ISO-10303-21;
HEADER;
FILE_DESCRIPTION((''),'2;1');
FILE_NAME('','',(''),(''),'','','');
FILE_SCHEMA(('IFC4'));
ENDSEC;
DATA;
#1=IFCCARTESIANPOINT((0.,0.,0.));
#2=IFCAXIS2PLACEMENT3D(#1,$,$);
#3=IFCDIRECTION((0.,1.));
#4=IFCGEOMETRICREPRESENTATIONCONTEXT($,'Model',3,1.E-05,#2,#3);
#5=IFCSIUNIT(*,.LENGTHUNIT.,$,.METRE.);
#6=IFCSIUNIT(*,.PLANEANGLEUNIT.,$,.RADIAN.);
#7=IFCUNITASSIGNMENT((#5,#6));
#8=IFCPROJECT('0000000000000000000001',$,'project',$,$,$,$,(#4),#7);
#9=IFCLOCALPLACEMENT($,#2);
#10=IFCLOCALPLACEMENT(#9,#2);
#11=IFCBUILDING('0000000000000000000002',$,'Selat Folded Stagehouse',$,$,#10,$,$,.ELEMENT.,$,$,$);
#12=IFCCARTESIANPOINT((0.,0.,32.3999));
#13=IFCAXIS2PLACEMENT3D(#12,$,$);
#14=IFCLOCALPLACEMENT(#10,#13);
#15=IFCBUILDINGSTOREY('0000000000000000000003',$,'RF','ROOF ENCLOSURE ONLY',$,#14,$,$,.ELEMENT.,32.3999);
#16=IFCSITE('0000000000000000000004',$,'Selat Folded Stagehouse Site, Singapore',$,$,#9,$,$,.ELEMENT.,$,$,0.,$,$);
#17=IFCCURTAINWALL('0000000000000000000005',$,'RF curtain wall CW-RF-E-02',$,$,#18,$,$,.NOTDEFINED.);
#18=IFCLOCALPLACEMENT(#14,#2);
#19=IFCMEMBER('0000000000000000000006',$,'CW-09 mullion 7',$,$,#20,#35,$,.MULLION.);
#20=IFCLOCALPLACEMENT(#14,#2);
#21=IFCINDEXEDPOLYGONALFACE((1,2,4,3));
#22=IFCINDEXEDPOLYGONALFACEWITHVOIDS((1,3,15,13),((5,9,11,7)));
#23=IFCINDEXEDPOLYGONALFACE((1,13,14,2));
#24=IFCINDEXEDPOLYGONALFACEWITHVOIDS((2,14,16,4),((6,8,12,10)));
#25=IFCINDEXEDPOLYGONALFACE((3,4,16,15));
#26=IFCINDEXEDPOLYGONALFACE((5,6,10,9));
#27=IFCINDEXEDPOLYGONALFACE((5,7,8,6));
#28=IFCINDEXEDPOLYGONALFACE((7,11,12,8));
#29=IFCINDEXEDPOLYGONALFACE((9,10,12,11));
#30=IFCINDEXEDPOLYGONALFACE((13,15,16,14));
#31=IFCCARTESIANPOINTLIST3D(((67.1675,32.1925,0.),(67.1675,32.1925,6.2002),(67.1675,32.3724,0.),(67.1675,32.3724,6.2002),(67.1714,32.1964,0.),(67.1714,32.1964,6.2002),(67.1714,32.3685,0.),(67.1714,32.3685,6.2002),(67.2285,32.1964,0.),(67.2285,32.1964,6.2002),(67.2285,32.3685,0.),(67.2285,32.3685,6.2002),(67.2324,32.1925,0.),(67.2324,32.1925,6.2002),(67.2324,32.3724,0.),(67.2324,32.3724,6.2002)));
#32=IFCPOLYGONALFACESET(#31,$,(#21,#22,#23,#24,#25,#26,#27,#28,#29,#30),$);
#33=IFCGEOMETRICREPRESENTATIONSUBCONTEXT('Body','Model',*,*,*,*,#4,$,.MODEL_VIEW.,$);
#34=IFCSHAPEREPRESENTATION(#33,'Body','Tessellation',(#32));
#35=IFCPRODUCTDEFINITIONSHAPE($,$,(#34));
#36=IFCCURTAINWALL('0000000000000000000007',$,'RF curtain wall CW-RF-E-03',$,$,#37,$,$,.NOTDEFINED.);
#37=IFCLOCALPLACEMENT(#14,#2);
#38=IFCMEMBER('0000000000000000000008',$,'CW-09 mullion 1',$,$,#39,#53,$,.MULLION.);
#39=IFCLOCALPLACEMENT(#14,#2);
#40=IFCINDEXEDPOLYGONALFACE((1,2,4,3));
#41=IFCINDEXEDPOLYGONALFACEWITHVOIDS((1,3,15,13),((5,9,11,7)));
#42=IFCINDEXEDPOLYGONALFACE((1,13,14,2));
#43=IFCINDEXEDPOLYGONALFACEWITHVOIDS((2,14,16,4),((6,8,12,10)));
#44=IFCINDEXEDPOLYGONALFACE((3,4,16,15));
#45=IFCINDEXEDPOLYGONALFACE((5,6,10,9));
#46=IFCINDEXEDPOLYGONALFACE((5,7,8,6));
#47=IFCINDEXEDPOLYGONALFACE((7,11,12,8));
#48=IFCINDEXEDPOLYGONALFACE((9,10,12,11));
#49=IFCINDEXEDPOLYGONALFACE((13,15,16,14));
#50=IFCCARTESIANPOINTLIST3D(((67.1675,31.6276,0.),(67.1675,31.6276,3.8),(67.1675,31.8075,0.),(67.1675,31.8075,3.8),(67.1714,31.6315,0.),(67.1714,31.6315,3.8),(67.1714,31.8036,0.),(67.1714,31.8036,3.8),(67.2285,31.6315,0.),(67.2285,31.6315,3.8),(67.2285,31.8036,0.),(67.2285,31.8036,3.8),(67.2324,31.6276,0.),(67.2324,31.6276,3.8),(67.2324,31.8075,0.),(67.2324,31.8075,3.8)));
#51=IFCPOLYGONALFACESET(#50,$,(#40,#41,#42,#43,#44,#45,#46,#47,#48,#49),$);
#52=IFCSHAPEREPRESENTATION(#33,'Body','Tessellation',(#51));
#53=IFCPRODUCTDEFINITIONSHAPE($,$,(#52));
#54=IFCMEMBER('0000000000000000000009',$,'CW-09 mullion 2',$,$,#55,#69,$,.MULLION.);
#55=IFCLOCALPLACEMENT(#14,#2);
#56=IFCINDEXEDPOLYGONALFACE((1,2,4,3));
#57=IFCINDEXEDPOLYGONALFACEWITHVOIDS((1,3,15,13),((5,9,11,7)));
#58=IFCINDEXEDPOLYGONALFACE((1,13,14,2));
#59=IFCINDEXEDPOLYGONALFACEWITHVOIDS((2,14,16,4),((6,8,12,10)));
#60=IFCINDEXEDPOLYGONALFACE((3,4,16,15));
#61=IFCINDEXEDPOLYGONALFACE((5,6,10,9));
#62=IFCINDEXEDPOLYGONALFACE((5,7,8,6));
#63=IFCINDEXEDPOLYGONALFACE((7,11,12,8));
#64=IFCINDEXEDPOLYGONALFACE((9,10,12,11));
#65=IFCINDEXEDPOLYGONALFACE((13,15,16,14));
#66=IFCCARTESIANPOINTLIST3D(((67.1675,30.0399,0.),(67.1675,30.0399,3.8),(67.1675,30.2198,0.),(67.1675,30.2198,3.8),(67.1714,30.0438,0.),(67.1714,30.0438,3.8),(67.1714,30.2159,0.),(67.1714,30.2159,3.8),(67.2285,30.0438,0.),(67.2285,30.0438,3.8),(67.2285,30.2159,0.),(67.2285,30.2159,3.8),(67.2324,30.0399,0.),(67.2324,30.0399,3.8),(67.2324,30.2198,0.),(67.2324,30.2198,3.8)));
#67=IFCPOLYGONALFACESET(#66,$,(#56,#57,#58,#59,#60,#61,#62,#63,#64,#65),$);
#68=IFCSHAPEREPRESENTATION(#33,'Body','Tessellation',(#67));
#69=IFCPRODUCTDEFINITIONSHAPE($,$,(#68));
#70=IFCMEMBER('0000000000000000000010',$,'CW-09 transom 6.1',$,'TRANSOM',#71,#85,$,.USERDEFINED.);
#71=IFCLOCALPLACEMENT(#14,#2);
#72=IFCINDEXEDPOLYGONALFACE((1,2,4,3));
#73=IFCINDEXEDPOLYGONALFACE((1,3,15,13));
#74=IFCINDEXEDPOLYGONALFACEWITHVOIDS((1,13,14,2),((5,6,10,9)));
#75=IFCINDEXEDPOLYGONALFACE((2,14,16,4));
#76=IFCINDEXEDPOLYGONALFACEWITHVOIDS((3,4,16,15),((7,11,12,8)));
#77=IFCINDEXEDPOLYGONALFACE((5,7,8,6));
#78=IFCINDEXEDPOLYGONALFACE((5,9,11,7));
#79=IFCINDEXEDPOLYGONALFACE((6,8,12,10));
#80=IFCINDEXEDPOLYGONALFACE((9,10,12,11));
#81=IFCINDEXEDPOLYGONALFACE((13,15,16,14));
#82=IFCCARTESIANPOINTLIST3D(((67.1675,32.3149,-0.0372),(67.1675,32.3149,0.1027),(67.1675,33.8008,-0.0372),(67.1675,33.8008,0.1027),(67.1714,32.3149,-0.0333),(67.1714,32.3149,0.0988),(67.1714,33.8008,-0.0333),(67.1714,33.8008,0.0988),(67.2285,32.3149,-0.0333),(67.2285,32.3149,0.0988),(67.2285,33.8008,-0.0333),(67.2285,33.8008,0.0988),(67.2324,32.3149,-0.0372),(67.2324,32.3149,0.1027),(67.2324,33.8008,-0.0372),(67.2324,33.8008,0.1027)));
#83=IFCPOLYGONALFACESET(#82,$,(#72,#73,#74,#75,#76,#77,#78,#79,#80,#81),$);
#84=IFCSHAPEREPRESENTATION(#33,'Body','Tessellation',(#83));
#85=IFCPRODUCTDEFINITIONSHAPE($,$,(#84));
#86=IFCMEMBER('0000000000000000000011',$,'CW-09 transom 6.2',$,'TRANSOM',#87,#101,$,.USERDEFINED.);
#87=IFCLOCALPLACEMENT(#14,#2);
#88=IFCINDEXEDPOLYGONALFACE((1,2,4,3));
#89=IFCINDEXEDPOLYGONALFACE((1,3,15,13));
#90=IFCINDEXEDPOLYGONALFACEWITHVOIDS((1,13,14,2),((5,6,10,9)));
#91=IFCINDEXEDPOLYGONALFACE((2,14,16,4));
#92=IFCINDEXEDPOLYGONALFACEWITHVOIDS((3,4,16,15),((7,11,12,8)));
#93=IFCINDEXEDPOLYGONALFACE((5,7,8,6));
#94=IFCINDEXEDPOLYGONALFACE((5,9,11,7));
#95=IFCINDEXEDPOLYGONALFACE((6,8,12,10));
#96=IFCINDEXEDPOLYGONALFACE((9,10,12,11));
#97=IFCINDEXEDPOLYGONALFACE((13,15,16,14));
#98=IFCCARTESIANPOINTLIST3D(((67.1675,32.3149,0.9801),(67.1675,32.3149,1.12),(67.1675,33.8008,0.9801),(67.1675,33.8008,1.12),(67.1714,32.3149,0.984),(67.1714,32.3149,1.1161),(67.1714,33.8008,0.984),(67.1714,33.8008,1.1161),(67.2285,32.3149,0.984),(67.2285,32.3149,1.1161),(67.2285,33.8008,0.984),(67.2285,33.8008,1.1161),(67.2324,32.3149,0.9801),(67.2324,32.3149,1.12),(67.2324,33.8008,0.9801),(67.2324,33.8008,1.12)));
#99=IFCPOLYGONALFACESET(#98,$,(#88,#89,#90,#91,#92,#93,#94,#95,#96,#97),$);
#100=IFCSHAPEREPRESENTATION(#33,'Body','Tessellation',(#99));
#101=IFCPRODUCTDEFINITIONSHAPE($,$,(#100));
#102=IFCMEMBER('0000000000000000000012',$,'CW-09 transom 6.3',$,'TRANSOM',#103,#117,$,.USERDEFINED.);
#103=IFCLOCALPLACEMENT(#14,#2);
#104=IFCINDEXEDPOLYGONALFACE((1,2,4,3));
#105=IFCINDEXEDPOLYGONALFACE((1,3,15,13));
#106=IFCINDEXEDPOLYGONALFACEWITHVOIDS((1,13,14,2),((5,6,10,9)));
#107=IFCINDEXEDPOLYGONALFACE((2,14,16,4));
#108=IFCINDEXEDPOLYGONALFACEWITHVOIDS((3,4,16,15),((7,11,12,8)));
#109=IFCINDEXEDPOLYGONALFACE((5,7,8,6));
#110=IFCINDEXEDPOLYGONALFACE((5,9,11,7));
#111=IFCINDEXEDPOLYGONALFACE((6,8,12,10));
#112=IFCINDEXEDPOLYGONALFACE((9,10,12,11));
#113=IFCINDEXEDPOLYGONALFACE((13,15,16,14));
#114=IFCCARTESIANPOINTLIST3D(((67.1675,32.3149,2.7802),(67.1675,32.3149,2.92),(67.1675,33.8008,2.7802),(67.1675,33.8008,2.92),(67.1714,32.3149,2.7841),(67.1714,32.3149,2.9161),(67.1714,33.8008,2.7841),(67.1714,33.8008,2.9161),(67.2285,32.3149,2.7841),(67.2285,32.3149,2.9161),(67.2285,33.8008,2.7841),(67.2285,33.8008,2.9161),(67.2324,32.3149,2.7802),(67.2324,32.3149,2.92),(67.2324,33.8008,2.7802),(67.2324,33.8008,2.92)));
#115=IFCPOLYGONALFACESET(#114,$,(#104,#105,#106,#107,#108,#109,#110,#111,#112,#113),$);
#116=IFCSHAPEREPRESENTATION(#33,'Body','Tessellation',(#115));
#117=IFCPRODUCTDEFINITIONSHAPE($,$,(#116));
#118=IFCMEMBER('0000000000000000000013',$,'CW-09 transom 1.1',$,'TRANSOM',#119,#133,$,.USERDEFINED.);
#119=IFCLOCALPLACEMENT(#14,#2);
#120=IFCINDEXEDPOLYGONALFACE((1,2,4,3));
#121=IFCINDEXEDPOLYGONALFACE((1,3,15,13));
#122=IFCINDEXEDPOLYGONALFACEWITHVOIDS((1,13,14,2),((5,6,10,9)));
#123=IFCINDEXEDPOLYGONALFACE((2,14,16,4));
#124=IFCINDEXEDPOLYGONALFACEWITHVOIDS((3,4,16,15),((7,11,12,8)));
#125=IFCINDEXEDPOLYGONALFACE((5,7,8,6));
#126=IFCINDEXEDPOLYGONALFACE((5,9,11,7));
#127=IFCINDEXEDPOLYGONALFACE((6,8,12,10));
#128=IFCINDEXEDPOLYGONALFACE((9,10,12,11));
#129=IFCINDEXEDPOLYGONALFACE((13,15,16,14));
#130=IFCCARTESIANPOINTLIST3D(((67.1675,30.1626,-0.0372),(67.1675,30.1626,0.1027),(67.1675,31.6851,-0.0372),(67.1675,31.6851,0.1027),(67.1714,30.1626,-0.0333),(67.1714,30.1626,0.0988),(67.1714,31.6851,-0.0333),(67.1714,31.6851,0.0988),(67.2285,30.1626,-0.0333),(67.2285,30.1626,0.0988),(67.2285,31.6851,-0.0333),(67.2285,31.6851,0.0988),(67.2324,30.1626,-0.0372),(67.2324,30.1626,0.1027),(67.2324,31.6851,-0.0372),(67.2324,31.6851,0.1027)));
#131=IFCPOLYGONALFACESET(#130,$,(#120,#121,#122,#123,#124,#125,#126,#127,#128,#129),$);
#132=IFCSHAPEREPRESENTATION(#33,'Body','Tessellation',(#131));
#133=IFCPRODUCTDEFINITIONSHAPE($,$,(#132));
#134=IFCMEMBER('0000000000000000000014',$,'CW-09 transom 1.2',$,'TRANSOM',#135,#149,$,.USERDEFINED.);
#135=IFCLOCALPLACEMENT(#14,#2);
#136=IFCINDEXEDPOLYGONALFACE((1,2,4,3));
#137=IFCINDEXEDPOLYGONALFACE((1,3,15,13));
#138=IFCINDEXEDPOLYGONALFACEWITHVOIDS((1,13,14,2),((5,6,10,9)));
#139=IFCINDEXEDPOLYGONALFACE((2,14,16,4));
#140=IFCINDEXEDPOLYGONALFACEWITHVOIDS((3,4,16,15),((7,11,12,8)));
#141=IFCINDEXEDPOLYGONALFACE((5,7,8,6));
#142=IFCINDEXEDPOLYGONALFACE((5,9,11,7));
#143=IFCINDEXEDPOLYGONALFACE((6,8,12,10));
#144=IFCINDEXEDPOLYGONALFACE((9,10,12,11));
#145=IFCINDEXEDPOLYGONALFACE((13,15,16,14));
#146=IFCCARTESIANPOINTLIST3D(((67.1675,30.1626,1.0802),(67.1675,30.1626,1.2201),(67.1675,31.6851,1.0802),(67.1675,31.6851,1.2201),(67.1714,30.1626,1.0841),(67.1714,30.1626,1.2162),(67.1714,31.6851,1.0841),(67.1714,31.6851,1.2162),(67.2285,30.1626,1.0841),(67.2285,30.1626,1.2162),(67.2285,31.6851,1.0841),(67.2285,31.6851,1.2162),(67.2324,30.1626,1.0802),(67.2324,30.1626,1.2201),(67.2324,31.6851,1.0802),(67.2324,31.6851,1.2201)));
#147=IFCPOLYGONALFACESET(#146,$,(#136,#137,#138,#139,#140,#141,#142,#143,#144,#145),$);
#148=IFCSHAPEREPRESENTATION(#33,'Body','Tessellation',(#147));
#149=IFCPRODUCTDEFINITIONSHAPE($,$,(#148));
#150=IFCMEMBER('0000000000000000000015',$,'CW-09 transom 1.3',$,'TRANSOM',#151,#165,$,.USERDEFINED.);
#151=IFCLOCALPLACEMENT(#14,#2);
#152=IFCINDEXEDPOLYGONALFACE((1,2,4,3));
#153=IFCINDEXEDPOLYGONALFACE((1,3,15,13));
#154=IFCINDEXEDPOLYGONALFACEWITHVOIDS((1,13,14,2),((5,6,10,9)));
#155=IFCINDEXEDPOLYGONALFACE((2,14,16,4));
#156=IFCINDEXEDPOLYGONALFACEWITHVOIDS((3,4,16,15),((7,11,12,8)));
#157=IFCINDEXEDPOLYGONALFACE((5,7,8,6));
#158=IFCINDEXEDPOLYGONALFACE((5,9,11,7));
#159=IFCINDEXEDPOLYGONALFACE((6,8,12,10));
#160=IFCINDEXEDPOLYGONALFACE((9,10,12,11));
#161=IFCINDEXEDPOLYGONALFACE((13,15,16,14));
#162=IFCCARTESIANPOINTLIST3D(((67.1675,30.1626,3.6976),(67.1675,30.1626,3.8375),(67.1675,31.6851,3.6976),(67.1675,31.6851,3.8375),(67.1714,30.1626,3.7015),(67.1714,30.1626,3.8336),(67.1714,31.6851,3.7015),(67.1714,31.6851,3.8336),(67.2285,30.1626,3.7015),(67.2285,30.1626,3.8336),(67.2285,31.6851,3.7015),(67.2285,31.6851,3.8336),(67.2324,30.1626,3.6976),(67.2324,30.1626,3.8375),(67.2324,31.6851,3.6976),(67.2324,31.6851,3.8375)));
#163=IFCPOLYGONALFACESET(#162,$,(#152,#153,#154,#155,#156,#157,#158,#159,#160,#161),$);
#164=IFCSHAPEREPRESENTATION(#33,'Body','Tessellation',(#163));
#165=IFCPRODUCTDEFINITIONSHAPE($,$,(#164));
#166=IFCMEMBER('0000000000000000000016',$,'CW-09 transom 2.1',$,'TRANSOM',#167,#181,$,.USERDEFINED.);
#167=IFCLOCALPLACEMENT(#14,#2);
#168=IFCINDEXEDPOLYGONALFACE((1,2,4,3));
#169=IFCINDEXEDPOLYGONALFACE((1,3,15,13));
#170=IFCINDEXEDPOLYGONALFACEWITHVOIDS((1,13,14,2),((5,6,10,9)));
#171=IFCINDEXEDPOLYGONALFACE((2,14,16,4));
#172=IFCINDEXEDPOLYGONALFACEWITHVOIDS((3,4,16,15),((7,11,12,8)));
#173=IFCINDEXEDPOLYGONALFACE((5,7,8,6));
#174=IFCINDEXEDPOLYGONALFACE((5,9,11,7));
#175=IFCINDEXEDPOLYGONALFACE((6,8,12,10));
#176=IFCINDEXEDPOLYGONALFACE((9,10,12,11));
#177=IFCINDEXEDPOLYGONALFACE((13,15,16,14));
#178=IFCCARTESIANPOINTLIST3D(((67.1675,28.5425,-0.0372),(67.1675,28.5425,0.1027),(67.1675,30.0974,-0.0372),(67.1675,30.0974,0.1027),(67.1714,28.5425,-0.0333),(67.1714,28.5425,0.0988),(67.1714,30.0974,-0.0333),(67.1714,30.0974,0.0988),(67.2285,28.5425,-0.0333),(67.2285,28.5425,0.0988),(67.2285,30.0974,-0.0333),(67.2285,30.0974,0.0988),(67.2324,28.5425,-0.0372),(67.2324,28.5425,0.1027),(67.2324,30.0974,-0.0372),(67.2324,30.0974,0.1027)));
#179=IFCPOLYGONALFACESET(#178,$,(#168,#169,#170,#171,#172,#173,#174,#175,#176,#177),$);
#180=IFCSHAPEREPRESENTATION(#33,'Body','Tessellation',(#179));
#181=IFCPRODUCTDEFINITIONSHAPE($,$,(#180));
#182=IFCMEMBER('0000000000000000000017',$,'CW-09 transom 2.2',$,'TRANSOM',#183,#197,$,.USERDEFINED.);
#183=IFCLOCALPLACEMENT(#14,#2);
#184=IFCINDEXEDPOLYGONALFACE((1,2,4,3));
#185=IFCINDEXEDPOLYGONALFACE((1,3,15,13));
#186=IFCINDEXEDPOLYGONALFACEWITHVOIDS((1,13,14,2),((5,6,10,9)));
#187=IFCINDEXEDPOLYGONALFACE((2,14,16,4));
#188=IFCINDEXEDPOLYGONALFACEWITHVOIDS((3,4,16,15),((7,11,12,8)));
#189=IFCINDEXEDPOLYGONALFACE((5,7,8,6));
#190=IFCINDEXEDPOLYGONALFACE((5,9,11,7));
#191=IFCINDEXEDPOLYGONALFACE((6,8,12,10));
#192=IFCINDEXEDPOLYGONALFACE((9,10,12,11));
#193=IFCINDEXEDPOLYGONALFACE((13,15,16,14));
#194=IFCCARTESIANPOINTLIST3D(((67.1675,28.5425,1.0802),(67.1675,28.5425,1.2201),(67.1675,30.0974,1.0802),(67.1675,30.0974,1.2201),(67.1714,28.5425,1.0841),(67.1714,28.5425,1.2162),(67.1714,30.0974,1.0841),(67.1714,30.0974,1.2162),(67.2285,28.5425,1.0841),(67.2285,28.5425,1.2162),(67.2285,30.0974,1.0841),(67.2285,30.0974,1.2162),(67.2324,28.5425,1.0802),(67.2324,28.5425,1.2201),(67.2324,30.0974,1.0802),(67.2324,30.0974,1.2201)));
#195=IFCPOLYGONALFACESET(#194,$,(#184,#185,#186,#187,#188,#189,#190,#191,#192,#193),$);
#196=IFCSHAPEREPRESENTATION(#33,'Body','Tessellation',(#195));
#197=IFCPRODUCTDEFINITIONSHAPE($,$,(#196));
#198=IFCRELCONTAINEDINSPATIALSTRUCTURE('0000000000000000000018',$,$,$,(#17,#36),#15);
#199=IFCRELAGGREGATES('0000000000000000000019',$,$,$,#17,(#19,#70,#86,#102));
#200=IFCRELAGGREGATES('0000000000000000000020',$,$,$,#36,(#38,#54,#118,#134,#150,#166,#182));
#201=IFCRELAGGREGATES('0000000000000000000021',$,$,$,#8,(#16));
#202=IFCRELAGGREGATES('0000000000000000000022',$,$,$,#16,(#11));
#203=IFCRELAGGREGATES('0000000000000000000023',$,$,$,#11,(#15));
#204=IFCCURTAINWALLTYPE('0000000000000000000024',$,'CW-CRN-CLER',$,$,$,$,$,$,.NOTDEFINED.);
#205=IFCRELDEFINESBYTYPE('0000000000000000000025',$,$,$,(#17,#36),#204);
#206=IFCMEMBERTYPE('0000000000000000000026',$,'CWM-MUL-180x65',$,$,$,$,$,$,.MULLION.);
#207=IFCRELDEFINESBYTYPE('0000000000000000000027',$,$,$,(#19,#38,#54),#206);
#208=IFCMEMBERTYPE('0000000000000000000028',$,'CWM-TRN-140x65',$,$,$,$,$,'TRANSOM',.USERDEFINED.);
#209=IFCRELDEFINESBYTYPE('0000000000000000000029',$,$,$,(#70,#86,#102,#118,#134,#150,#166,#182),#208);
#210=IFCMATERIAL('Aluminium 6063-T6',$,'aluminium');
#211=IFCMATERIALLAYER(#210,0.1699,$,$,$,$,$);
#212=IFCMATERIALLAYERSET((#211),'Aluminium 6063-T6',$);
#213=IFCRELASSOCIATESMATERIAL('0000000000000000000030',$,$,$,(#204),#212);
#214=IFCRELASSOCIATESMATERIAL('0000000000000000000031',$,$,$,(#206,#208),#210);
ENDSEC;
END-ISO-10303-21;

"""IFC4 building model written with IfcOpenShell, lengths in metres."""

from ifc_helpers import new_model, si_unit, direction, frame, origin, origin_2d, place, context, subcontext, project, spatial, hollow_rectangle, extrude, material, layer, layer_set, material_profile, profile_set, type_object, element, aggregate, save


model = new_model("IFC4")

# Units and contexts
model_context = context("Model", 3, precision=1e-05, world=origin(), true_north=direction((0.0, 1.0)))
body_context = subcontext(model_context, "Body", "Model", "MODEL_VIEW")
ifc_project = project(units=[si_unit("LENGTHUNIT", "METRE"), si_unit("PLANEANGLEUNIT", "RADIAN")], contexts=[model_context])

# Site, building, storey
site_placement = place(None, origin())
site = spatial("IfcSite", under=ifc_project, at=site_placement, Name="Selat Folded Stagehouse Site, Singapore", CompositionType="ELEMENT", RefElevation=0.0)
building_placement = place(site_placement, origin())
building = spatial("IfcBuilding", under=site, at=building_placement, Name="Selat Folded Stagehouse", CompositionType="ELEMENT")
storey_placement = place(building_placement, frame((0.0, 0.0, 32.3999)))
storey = spatial("IfcBuildingStorey", under=building, at=storey_placement, Name="RF", Description="ROOF ENCLOSURE ONLY", CompositionType="ELEMENT", Elevation=32.3999)

# Curtain wall, member
ifc_material_1 = material(Name="Aluminium 6063-T6", Category="aluminium")
ifc_layer_1 = layer(ifc_material_1, 0.1699)
ifc_layer_set_1 = layer_set([ifc_layer_1], Name="Aluminium 6063-T6")
curtain_wall_type = type_object("IfcCurtainWallType", Name="CW-CRN-CLER", PredefinedType="NOTDEFINED", material=ifc_layer_set_1)
curtain_wall_1_placement = place(storey_placement, origin())
curtain_wall_1 = element("IfcCurtainWall", 1, at=curtain_wall_1_placement, inside=storey, type_object=curtain_wall_type, Name="RF curtain wall CW-RF-E-02", PredefinedType="NOTDEFINED")
ifc_material_profile_1 = material_profile(ifc_material_1, hollow_rectangle(XDim=0.0649, YDim=0.1799, WallThickness=0.0039, at=origin_2d()), Name="ALU 180x65x4.0")
ifc_profile_set_1 = profile_set([ifc_material_profile_1], Name="Aluminium 6063-T6")
member_type_1 = type_object("IfcMemberType", Name="CWM-MUL-180x65", PredefinedType="MULLION", material=ifc_profile_set_1)
member_1_placement = place(storey_placement, frame((67.2, 32.2825, 0.0), z_axis=(0.0, 0.0, 1.0), x_axis=(1.0, 0.0, 0.0)))
member_1 = element("IfcMember", 2, at=member_1_placement, type_object=member_type_1, Name="CW-09 mullion 7", PredefinedType="MULLION", context=body_context, shape_type="SweptSolid", body=[
    extrude(hollow_rectangle(XDim=0.0649, YDim=0.1799, WallThickness=0.0039, at=origin_2d()), origin(), (0.0, 0.0, 1.0), 6.2002),
])

# Curtain wall, members
curtain_wall_2_placement = place(storey_placement, origin())
curtain_wall_2 = element("IfcCurtainWall", 3, at=curtain_wall_2_placement, inside=storey, type_object=curtain_wall_type, Name="RF curtain wall CW-RF-E-03", PredefinedType="NOTDEFINED")
member_2_placement = place(storey_placement, frame((67.2, 31.7175, 0.0), z_axis=(0.0, 0.0, 1.0), x_axis=(1.0, 0.0, 0.0)))
member_2 = element("IfcMember", 4, at=member_2_placement, type_object=member_type_1, Name="CW-09 mullion 1", PredefinedType="MULLION", context=body_context, shape_type="SweptSolid", body=[
    extrude(hollow_rectangle(XDim=0.0649, YDim=0.1799, WallThickness=0.0039, at=origin_2d()), origin(), (0.0, 0.0, 1.0), 3.8),
])
member_3_placement = place(storey_placement, frame((67.2, 30.1299, 0.0), z_axis=(0.0, 0.0, 1.0), x_axis=(1.0, 0.0, 0.0)))
member_3 = element("IfcMember", 5, at=member_3_placement, type_object=member_type_1, Name="CW-09 mullion 2", PredefinedType="MULLION", context=body_context, shape_type="SweptSolid", body=[
    extrude(hollow_rectangle(XDim=0.0649, YDim=0.1799, WallThickness=0.0039, at=origin_2d()), origin(), (0.0, 0.0, 1.0), 3.8),
])

# Members
ifc_material_profile_2 = material_profile(ifc_material_1, hollow_rectangle(XDim=0.0649, YDim=0.1399, WallThickness=0.0039, at=origin_2d()), Name="ALU 140x65x4.0")
ifc_profile_set_2 = profile_set([ifc_material_profile_2], Name="Aluminium 6063-T6")
member_type_2 = type_object("IfcMemberType", Name="CWM-TRN-140x65", ElementType="TRANSOM", PredefinedType="USERDEFINED", material=ifc_profile_set_2)
member_4_placement = place(storey_placement, frame((67.2, 33.8008, 0.0327), z_axis=(0.0, -1.0, 0.0), x_axis=(1.0, 0.0, 0.0)))
member_4 = element("IfcMember", 6, at=member_4_placement, type_object=member_type_2, Name="CW-09 transom 6.1", ObjectType="TRANSOM", PredefinedType="USERDEFINED", context=body_context, shape_type="SweptSolid", body=[
    extrude(hollow_rectangle(XDim=0.0649, YDim=0.1399, WallThickness=0.0039, at=origin_2d()), origin(), (0.0, 0.0, 1.0), 1.4858),
])
member_5_placement = place(storey_placement, frame((67.2, 33.8008, 1.05), z_axis=(0.0, -1.0, 0.0), x_axis=(1.0, 0.0, 0.0)))
member_5 = element("IfcMember", 7, at=member_5_placement, type_object=member_type_2, Name="CW-09 transom 6.2", ObjectType="TRANSOM", PredefinedType="USERDEFINED", context=body_context, shape_type="SweptSolid", body=[
    extrude(hollow_rectangle(XDim=0.0649, YDim=0.1399, WallThickness=0.0039, at=origin_2d()), origin(), (0.0, 0.0, 1.0), 1.4858),
])
member_6_placement = place(storey_placement, frame((67.2, 33.8008, 2.8501), z_axis=(0.0, -1.0, 0.0), x_axis=(1.0, 0.0, 0.0)))
member_6 = element("IfcMember", 8, at=member_6_placement, type_object=member_type_2, Name="CW-09 transom 6.3", ObjectType="TRANSOM", PredefinedType="USERDEFINED", context=body_context, shape_type="SweptSolid", body=[
    extrude(hollow_rectangle(XDim=0.0649, YDim=0.1399, WallThickness=0.0039, at=origin_2d()), origin(), (0.0, 0.0, 1.0), 1.4858),
])
member_7_placement = place(storey_placement, frame((67.2, 31.6851, 0.0327), z_axis=(0.0, -1.0, 0.0), x_axis=(1.0, 0.0, 0.0)))
member_7 = element("IfcMember", 9, at=member_7_placement, type_object=member_type_2, Name="CW-09 transom 1.1", ObjectType="TRANSOM", PredefinedType="USERDEFINED", context=body_context, shape_type="SweptSolid", body=[
    extrude(hollow_rectangle(XDim=0.0649, YDim=0.1399, WallThickness=0.0039, at=origin_2d()), origin(), (0.0, 0.0, 1.0), 1.5225),
])
member_8_placement = place(storey_placement, frame((67.2, 31.6851, 1.1501), z_axis=(0.0, -1.0, 0.0), x_axis=(1.0, 0.0, 0.0)))
member_8 = element("IfcMember", 10, at=member_8_placement, type_object=member_type_2, Name="CW-09 transom 1.2", ObjectType="TRANSOM", PredefinedType="USERDEFINED", context=body_context, shape_type="SweptSolid", body=[
    extrude(hollow_rectangle(XDim=0.0649, YDim=0.1399, WallThickness=0.0039, at=origin_2d()), origin(), (0.0, 0.0, 1.0), 1.5225),
])
member_9_placement = place(storey_placement, frame((67.2, 31.6851, 3.7676), z_axis=(0.0, -1.0, 0.0), x_axis=(1.0, 0.0, 0.0)))
member_9 = element("IfcMember", 11, at=member_9_placement, type_object=member_type_2, Name="CW-09 transom 1.3", ObjectType="TRANSOM", PredefinedType="USERDEFINED", context=body_context, shape_type="SweptSolid", body=[
    extrude(hollow_rectangle(XDim=0.0649, YDim=0.1399, WallThickness=0.0039, at=origin_2d()), origin(), (0.0, 0.0, 1.0), 1.5225),
])
member_10_placement = place(storey_placement, frame((67.2, 30.0974, 0.0327), z_axis=(0.0, -1.0, 0.0), x_axis=(1.0, 0.0, 0.0)))
member_10 = element("IfcMember", 12, at=member_10_placement, type_object=member_type_2, Name="CW-09 transom 2.1", ObjectType="TRANSOM", PredefinedType="USERDEFINED", context=body_context, shape_type="SweptSolid", body=[
    extrude(hollow_rectangle(XDim=0.0649, YDim=0.1399, WallThickness=0.0039, at=origin_2d()), origin(), (0.0, 0.0, 1.0), 1.5549),
])
member_11_placement = place(storey_placement, frame((67.2, 30.0974, 1.1501), z_axis=(0.0, -1.0, 0.0), x_axis=(1.0, 0.0, 0.0)))
member_11 = element("IfcMember", 13, at=member_11_placement, type_object=member_type_2, Name="CW-09 transom 2.2", ObjectType="TRANSOM", PredefinedType="USERDEFINED", context=body_context, shape_type="SweptSolid", body=[
    extrude(hollow_rectangle(XDim=0.0649, YDim=0.1399, WallThickness=0.0039, at=origin_2d()), origin(), (0.0, 0.0, 1.0), 1.5549),
])

aggregate(curtain_wall_1, [member_1, member_4, member_5, member_6])
aggregate(curtain_wall_2, [member_2, member_3, member_7, member_8, member_9, member_10, member_11])

save(model, "model.ifc")
